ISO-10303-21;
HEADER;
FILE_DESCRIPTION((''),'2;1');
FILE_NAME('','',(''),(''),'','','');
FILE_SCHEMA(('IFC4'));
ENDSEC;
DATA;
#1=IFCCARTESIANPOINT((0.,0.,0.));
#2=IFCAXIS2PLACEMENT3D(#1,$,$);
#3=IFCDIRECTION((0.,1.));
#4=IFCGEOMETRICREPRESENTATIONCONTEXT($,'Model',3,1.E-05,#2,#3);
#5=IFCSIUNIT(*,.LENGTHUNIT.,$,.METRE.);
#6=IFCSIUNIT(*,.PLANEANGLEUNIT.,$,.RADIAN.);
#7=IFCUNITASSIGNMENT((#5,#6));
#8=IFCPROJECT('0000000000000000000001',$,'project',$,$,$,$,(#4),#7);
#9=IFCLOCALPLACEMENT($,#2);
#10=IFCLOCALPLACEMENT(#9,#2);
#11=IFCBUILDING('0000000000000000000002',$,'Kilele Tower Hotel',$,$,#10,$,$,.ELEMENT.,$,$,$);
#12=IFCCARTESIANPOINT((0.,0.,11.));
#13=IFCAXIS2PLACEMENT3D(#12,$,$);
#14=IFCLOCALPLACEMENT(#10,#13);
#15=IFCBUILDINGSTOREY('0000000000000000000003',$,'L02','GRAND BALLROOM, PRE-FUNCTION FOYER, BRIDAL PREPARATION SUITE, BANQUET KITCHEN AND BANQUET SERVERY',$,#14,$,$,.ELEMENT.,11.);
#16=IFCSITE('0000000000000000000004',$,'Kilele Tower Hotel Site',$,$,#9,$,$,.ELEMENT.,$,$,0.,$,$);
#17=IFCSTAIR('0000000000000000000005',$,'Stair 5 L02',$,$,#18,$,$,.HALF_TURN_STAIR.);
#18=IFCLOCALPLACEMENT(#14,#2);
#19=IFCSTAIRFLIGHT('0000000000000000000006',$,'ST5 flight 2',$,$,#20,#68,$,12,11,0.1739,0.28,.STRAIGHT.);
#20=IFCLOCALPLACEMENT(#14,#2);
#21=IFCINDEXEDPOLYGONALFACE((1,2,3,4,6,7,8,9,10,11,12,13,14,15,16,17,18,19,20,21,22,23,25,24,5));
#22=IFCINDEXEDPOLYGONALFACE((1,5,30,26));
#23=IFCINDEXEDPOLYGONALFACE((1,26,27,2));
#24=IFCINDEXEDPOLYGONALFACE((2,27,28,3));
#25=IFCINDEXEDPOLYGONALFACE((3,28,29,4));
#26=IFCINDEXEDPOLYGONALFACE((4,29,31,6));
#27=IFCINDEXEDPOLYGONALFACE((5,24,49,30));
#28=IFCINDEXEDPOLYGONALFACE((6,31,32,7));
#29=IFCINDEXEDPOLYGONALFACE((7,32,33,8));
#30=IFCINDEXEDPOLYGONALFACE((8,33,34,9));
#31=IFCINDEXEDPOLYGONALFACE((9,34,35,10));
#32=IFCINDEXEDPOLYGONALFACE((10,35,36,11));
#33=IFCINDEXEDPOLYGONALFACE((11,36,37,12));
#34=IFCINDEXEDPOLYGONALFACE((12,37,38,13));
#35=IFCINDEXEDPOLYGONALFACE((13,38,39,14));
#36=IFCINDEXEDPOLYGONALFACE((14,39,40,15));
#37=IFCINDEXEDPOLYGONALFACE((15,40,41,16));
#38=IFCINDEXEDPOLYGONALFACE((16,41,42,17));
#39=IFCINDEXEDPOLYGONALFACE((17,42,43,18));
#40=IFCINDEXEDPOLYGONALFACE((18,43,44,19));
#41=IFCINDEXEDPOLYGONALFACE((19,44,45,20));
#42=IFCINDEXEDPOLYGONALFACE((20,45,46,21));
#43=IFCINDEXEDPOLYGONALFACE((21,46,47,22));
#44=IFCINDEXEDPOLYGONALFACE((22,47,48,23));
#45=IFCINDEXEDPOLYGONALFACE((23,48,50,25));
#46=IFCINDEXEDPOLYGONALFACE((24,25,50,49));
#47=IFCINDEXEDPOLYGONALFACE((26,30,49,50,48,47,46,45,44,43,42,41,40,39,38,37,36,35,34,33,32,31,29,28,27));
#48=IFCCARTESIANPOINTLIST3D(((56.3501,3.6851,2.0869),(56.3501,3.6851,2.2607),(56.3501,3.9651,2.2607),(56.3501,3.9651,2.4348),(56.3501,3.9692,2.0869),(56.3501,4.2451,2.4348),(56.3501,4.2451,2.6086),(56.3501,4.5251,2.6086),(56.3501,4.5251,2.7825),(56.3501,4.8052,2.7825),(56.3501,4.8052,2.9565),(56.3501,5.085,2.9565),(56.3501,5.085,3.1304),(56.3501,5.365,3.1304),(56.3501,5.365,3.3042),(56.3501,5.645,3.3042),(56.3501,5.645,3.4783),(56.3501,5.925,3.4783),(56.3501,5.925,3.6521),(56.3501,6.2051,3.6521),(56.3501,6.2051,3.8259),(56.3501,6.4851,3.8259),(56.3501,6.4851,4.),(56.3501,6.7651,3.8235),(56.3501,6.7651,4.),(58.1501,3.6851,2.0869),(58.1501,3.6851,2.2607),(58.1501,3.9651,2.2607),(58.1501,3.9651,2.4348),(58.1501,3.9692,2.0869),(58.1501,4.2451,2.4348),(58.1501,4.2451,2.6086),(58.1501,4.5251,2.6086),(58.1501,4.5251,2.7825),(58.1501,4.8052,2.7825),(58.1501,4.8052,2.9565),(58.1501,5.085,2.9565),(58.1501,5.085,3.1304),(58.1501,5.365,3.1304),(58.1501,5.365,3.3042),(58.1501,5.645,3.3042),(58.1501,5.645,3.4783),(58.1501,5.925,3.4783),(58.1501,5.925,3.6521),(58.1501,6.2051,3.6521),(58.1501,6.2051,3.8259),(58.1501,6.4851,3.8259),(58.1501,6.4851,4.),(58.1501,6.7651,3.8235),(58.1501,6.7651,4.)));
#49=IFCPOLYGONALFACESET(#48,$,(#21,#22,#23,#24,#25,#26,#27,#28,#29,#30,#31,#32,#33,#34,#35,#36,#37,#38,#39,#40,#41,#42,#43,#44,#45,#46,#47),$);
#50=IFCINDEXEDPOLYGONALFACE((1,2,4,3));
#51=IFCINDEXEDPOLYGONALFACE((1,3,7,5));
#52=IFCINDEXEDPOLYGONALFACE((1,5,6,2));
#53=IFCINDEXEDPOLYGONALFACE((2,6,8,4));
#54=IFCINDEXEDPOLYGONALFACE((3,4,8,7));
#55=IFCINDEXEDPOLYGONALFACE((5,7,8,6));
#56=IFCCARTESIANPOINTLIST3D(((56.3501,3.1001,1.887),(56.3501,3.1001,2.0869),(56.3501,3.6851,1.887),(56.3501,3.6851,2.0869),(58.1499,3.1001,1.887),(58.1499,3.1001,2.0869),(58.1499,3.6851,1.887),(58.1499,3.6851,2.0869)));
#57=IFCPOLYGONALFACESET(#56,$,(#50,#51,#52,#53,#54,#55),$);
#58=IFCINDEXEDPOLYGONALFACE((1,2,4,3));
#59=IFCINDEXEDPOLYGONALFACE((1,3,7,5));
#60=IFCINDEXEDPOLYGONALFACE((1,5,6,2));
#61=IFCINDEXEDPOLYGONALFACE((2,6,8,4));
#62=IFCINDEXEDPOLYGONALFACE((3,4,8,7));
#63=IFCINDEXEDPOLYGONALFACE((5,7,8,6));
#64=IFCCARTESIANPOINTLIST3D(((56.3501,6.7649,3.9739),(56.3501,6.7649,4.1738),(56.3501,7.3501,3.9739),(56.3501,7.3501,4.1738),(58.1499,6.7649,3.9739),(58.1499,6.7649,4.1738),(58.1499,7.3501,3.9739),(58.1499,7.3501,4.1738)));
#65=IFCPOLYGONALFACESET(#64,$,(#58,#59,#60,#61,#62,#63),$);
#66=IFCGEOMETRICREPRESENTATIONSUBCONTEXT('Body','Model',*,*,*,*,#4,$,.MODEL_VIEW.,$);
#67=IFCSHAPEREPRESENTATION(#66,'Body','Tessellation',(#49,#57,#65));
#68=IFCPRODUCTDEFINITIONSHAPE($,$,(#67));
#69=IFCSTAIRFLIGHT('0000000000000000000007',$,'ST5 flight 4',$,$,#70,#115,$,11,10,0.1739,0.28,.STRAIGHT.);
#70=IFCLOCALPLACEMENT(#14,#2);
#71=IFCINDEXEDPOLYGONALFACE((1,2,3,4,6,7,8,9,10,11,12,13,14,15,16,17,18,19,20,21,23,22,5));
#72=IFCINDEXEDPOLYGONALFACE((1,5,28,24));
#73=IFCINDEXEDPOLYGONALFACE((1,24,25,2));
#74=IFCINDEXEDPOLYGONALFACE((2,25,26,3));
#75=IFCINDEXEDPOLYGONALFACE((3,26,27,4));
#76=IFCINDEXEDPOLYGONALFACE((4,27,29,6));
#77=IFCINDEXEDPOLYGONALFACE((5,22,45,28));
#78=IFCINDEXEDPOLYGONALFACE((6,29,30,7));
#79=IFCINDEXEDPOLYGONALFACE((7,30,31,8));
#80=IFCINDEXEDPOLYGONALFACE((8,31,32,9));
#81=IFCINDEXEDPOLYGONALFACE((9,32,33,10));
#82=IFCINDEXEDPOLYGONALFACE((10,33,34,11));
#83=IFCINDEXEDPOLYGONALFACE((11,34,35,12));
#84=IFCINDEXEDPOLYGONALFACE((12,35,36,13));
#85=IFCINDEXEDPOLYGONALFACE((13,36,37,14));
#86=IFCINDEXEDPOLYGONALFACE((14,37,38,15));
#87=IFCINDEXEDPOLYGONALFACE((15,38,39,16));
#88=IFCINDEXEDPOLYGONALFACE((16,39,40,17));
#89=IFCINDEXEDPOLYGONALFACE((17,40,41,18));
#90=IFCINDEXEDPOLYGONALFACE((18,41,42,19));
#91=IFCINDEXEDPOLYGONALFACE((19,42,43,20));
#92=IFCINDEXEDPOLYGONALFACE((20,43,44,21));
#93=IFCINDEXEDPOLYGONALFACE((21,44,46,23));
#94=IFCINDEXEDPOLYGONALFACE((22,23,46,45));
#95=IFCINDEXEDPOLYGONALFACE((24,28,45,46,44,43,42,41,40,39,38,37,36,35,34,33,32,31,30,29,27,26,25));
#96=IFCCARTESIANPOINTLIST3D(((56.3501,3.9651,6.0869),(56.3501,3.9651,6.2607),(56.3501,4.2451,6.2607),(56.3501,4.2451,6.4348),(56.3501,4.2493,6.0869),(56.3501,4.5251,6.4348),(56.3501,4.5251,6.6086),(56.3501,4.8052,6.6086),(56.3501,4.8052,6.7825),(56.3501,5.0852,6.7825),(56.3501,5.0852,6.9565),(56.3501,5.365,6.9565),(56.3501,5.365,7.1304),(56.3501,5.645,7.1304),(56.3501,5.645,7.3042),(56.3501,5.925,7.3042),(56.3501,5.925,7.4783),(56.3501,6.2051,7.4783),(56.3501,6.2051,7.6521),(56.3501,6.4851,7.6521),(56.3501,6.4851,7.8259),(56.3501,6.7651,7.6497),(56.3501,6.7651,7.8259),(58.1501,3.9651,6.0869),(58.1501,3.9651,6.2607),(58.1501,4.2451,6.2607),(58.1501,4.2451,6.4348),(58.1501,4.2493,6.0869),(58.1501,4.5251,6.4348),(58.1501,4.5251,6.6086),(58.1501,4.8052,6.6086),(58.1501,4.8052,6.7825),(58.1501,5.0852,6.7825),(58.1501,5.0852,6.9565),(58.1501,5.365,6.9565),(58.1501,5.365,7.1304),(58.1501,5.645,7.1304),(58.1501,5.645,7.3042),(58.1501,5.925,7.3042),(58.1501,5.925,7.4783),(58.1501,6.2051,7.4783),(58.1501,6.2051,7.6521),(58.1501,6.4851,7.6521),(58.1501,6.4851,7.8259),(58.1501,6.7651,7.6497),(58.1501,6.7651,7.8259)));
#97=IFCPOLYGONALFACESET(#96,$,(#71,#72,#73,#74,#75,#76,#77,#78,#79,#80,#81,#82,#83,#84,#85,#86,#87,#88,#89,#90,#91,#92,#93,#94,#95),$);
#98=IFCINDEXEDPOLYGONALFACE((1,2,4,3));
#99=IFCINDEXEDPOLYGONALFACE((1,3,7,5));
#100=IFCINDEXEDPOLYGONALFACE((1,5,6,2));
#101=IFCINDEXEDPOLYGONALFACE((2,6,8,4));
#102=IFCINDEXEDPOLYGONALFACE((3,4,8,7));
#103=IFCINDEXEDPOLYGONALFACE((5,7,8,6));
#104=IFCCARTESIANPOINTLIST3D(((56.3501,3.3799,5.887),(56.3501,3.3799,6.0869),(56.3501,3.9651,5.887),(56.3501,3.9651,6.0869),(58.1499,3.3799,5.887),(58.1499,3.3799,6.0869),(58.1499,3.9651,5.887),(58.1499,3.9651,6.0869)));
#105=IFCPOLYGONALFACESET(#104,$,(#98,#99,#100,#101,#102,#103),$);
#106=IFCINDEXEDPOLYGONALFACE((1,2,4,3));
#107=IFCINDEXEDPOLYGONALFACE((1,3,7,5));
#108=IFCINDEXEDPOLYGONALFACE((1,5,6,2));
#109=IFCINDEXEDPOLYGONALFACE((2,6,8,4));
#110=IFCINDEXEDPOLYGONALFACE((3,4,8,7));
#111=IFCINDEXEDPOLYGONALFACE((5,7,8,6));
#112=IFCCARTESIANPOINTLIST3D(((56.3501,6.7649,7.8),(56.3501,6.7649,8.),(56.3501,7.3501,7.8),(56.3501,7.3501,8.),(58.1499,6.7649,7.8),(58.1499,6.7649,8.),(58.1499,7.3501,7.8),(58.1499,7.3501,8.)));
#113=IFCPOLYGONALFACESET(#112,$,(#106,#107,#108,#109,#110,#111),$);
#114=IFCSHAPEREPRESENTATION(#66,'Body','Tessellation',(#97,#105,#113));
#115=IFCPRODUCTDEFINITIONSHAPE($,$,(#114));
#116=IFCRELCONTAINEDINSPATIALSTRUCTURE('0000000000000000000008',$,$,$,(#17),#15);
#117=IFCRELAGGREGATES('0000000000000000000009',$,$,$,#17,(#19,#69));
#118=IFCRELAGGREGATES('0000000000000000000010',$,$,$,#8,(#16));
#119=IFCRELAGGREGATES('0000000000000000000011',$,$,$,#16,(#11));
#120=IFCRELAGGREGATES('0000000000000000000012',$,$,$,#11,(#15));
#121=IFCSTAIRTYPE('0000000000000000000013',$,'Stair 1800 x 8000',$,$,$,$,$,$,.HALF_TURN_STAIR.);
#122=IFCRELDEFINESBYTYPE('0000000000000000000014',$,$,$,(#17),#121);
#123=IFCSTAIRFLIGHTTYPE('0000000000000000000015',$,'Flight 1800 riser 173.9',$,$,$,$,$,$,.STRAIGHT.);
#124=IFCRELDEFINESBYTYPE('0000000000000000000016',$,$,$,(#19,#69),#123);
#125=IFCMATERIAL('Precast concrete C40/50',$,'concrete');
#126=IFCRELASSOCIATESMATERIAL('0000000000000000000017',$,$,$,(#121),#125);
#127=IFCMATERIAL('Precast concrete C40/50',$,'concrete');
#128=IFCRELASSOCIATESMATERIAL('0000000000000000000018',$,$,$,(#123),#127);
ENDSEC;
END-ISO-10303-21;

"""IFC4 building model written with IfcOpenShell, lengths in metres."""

from ifc_helpers import new_model, si_unit, direction, frame, origin, place, context, subcontext, project, spatial, polyline, outline, extrude, material, type_object, element, aggregate, save


model = new_model("IFC4")

# Units and contexts
model_context = context("Model", 3, precision=1e-05, world=origin(), true_north=direction((0.0, 1.0)))
body_context = subcontext(model_context, "Body", "Model", "MODEL_VIEW")
ifc_project = project(units=[si_unit("LENGTHUNIT", "METRE"), si_unit("PLANEANGLEUNIT", "RADIAN")], contexts=[model_context])

# Site, building, storey
site_placement = place(None, origin())
site = spatial("IfcSite", under=ifc_project, at=site_placement, Name="Kilele Tower Hotel Site", CompositionType="ELEMENT", RefElevation=0.0)
building_placement = place(site_placement, origin())
building = spatial("IfcBuilding", under=site, at=building_placement, Name="Kilele Tower Hotel", CompositionType="ELEMENT")
storey_placement = place(building_placement, frame((0.0, 0.0, 11.0)))
storey = spatial("IfcBuildingStorey", under=building, at=storey_placement, Name="L02", Description="GRAND BALLROOM, PRE-FUNCTION FOYER, BRIDAL PREPARATION SUITE, BANQUET KITCHEN AND BANQUET SERVERY", CompositionType="ELEMENT", Elevation=11.0)

# Stair, stair flights
ifc_material_1 = material(Name="Precast concrete C40/50", Category="concrete")
stair_type = type_object("IfcStairType", Name="Stair 1800 x 8000", PredefinedType="HALF_TURN_STAIR", material=ifc_material_1)
stair_placement = place(storey_placement, origin())
stair = element("IfcStair", 1, at=stair_placement, inside=storey, type_object=stair_type, Name="Stair 5 L02", PredefinedType="HALF_TURN_STAIR")
ifc_material_2 = material(Name="Precast concrete C40/50", Category="concrete")
stair_flight_type = type_object("IfcStairFlightType", Name="Flight 1800 riser 173.9", PredefinedType="STRAIGHT", material=ifc_material_2)
stair_flight_1_placement = place(storey_placement, frame((57.25, 3.6851, 2.0869), z_axis=(0.0, 0.0, 1.0), x_axis=(0.0, 1.0, 0.0)))
stair_flight_1 = element("IfcStairFlight", 2, at=stair_flight_1_placement, type_object=stair_flight_type, Name="ST5 flight 2", NumberOfRisers=12, NumberOfTreads=11, PredefinedType="STRAIGHT", RiserHeight=0.1739, TreadLength=0.28, context=body_context, shape_type="SweptSolid", body=[
    extrude(outline(polyline([(0.0, 0.0), (0.0, 0.1738), (0.28, 0.1738), (0.28, 0.3479), (0.5601, 0.3479), (0.5601, 0.5217), (0.8401, 0.5217), (0.8401, 0.6956), (1.1201, 0.6956), (1.1201, 0.8696), (1.3999, 0.8696), (1.3999, 1.0435), (1.6799, 1.0435), (1.6799, 1.2173), (1.96, 1.2173), (1.96, 1.3914), (2.24, 1.3914), (2.24, 1.5652), (2.52, 1.5652), (2.52, 1.739), (2.8, 1.739), (2.8, 1.9131), (3.0801, 1.9131), (3.0801, 2.0869), (3.0801, 1.7366), (0.2842, 0.0), (0.0, 0.0)])), frame((0.0, 0.8999, 0.0), z_axis=(0.0, -1.0, 0.0), x_axis=(1.0, 0.0, 0.0)), (0.0, 0.0, 1.0), 1.8),
    extrude(outline(polyline([(-0.585, 0.8999), (-0.585, -0.8999), (0.0, -0.8999), (0.0, 0.8999), (-0.585, 0.8999)])), frame((0.0, 0.0, -0.2)), (0.0, 0.0, 1.0), 0.2),
    extrude(outline(polyline([(3.0798, 0.8999), (3.0798, -0.8999), (3.665, -0.8999), (3.665, 0.8999), (3.0798, 0.8999)])), frame((0.0, 0.0, 1.887)), (0.0, 0.0, 1.0), 0.2),
])
stair_flight_2_placement = place(storey_placement, frame((57.25, 3.9651, 6.0869), z_axis=(0.0, 0.0, 1.0), x_axis=(0.0, 1.0, 0.0)))
stair_flight_2 = element("IfcStairFlight", 3, at=stair_flight_2_placement, type_object=stair_flight_type, Name="ST5 flight 4", NumberOfRisers=11, NumberOfTreads=10, PredefinedType="STRAIGHT", RiserHeight=0.1739, TreadLength=0.28, context=body_context, shape_type="SweptSolid", body=[
    extrude(outline(polyline([(0.0, 0.0), (0.0, 0.1738), (0.28, 0.1738), (0.28, 0.3479), (0.5601, 0.3479), (0.5601, 0.5217), (0.8401, 0.5217), (0.8401, 0.6956), (1.1201, 0.6956), (1.1201, 0.8696), (1.3999, 0.8696), (1.3999, 1.0435), (1.6799, 1.0435), (1.6799, 1.2173), (1.96, 1.2173), (1.96, 1.3914), (2.24, 1.3914), (2.24, 1.5652), (2.52, 1.5652), (2.52, 1.739), (2.8, 1.739), (2.8, 1.9131), (2.8, 1.5627), (0.2842, 0.0), (0.0, 0.0)])), frame((0.0, 0.8999, 0.0), z_axis=(0.0, -1.0, 0.0), x_axis=(1.0, 0.0, 0.0)), (0.0, 0.0, 1.0), 1.8),
    extrude(outline(polyline([(-0.5852, 0.8999), (-0.5852, -0.8999), (0.0, -0.8999), (0.0, 0.8999), (-0.5852, 0.8999)])), frame((0.0, 0.0, -0.2)), (0.0, 0.0, 1.0), 0.2),
    extrude(outline(polyline([(2.7998, 0.8999), (2.7998, -0.8999), (3.385, -0.8999), (3.385, 0.8999), (2.7998, 0.8999)])), frame((0.0, 0.0, 1.7131)), (0.0, 0.0, 1.0), 0.2),
])
aggregate(stair, [stair_flight_1, stair_flight_2])

save(model, "model.ifc")
